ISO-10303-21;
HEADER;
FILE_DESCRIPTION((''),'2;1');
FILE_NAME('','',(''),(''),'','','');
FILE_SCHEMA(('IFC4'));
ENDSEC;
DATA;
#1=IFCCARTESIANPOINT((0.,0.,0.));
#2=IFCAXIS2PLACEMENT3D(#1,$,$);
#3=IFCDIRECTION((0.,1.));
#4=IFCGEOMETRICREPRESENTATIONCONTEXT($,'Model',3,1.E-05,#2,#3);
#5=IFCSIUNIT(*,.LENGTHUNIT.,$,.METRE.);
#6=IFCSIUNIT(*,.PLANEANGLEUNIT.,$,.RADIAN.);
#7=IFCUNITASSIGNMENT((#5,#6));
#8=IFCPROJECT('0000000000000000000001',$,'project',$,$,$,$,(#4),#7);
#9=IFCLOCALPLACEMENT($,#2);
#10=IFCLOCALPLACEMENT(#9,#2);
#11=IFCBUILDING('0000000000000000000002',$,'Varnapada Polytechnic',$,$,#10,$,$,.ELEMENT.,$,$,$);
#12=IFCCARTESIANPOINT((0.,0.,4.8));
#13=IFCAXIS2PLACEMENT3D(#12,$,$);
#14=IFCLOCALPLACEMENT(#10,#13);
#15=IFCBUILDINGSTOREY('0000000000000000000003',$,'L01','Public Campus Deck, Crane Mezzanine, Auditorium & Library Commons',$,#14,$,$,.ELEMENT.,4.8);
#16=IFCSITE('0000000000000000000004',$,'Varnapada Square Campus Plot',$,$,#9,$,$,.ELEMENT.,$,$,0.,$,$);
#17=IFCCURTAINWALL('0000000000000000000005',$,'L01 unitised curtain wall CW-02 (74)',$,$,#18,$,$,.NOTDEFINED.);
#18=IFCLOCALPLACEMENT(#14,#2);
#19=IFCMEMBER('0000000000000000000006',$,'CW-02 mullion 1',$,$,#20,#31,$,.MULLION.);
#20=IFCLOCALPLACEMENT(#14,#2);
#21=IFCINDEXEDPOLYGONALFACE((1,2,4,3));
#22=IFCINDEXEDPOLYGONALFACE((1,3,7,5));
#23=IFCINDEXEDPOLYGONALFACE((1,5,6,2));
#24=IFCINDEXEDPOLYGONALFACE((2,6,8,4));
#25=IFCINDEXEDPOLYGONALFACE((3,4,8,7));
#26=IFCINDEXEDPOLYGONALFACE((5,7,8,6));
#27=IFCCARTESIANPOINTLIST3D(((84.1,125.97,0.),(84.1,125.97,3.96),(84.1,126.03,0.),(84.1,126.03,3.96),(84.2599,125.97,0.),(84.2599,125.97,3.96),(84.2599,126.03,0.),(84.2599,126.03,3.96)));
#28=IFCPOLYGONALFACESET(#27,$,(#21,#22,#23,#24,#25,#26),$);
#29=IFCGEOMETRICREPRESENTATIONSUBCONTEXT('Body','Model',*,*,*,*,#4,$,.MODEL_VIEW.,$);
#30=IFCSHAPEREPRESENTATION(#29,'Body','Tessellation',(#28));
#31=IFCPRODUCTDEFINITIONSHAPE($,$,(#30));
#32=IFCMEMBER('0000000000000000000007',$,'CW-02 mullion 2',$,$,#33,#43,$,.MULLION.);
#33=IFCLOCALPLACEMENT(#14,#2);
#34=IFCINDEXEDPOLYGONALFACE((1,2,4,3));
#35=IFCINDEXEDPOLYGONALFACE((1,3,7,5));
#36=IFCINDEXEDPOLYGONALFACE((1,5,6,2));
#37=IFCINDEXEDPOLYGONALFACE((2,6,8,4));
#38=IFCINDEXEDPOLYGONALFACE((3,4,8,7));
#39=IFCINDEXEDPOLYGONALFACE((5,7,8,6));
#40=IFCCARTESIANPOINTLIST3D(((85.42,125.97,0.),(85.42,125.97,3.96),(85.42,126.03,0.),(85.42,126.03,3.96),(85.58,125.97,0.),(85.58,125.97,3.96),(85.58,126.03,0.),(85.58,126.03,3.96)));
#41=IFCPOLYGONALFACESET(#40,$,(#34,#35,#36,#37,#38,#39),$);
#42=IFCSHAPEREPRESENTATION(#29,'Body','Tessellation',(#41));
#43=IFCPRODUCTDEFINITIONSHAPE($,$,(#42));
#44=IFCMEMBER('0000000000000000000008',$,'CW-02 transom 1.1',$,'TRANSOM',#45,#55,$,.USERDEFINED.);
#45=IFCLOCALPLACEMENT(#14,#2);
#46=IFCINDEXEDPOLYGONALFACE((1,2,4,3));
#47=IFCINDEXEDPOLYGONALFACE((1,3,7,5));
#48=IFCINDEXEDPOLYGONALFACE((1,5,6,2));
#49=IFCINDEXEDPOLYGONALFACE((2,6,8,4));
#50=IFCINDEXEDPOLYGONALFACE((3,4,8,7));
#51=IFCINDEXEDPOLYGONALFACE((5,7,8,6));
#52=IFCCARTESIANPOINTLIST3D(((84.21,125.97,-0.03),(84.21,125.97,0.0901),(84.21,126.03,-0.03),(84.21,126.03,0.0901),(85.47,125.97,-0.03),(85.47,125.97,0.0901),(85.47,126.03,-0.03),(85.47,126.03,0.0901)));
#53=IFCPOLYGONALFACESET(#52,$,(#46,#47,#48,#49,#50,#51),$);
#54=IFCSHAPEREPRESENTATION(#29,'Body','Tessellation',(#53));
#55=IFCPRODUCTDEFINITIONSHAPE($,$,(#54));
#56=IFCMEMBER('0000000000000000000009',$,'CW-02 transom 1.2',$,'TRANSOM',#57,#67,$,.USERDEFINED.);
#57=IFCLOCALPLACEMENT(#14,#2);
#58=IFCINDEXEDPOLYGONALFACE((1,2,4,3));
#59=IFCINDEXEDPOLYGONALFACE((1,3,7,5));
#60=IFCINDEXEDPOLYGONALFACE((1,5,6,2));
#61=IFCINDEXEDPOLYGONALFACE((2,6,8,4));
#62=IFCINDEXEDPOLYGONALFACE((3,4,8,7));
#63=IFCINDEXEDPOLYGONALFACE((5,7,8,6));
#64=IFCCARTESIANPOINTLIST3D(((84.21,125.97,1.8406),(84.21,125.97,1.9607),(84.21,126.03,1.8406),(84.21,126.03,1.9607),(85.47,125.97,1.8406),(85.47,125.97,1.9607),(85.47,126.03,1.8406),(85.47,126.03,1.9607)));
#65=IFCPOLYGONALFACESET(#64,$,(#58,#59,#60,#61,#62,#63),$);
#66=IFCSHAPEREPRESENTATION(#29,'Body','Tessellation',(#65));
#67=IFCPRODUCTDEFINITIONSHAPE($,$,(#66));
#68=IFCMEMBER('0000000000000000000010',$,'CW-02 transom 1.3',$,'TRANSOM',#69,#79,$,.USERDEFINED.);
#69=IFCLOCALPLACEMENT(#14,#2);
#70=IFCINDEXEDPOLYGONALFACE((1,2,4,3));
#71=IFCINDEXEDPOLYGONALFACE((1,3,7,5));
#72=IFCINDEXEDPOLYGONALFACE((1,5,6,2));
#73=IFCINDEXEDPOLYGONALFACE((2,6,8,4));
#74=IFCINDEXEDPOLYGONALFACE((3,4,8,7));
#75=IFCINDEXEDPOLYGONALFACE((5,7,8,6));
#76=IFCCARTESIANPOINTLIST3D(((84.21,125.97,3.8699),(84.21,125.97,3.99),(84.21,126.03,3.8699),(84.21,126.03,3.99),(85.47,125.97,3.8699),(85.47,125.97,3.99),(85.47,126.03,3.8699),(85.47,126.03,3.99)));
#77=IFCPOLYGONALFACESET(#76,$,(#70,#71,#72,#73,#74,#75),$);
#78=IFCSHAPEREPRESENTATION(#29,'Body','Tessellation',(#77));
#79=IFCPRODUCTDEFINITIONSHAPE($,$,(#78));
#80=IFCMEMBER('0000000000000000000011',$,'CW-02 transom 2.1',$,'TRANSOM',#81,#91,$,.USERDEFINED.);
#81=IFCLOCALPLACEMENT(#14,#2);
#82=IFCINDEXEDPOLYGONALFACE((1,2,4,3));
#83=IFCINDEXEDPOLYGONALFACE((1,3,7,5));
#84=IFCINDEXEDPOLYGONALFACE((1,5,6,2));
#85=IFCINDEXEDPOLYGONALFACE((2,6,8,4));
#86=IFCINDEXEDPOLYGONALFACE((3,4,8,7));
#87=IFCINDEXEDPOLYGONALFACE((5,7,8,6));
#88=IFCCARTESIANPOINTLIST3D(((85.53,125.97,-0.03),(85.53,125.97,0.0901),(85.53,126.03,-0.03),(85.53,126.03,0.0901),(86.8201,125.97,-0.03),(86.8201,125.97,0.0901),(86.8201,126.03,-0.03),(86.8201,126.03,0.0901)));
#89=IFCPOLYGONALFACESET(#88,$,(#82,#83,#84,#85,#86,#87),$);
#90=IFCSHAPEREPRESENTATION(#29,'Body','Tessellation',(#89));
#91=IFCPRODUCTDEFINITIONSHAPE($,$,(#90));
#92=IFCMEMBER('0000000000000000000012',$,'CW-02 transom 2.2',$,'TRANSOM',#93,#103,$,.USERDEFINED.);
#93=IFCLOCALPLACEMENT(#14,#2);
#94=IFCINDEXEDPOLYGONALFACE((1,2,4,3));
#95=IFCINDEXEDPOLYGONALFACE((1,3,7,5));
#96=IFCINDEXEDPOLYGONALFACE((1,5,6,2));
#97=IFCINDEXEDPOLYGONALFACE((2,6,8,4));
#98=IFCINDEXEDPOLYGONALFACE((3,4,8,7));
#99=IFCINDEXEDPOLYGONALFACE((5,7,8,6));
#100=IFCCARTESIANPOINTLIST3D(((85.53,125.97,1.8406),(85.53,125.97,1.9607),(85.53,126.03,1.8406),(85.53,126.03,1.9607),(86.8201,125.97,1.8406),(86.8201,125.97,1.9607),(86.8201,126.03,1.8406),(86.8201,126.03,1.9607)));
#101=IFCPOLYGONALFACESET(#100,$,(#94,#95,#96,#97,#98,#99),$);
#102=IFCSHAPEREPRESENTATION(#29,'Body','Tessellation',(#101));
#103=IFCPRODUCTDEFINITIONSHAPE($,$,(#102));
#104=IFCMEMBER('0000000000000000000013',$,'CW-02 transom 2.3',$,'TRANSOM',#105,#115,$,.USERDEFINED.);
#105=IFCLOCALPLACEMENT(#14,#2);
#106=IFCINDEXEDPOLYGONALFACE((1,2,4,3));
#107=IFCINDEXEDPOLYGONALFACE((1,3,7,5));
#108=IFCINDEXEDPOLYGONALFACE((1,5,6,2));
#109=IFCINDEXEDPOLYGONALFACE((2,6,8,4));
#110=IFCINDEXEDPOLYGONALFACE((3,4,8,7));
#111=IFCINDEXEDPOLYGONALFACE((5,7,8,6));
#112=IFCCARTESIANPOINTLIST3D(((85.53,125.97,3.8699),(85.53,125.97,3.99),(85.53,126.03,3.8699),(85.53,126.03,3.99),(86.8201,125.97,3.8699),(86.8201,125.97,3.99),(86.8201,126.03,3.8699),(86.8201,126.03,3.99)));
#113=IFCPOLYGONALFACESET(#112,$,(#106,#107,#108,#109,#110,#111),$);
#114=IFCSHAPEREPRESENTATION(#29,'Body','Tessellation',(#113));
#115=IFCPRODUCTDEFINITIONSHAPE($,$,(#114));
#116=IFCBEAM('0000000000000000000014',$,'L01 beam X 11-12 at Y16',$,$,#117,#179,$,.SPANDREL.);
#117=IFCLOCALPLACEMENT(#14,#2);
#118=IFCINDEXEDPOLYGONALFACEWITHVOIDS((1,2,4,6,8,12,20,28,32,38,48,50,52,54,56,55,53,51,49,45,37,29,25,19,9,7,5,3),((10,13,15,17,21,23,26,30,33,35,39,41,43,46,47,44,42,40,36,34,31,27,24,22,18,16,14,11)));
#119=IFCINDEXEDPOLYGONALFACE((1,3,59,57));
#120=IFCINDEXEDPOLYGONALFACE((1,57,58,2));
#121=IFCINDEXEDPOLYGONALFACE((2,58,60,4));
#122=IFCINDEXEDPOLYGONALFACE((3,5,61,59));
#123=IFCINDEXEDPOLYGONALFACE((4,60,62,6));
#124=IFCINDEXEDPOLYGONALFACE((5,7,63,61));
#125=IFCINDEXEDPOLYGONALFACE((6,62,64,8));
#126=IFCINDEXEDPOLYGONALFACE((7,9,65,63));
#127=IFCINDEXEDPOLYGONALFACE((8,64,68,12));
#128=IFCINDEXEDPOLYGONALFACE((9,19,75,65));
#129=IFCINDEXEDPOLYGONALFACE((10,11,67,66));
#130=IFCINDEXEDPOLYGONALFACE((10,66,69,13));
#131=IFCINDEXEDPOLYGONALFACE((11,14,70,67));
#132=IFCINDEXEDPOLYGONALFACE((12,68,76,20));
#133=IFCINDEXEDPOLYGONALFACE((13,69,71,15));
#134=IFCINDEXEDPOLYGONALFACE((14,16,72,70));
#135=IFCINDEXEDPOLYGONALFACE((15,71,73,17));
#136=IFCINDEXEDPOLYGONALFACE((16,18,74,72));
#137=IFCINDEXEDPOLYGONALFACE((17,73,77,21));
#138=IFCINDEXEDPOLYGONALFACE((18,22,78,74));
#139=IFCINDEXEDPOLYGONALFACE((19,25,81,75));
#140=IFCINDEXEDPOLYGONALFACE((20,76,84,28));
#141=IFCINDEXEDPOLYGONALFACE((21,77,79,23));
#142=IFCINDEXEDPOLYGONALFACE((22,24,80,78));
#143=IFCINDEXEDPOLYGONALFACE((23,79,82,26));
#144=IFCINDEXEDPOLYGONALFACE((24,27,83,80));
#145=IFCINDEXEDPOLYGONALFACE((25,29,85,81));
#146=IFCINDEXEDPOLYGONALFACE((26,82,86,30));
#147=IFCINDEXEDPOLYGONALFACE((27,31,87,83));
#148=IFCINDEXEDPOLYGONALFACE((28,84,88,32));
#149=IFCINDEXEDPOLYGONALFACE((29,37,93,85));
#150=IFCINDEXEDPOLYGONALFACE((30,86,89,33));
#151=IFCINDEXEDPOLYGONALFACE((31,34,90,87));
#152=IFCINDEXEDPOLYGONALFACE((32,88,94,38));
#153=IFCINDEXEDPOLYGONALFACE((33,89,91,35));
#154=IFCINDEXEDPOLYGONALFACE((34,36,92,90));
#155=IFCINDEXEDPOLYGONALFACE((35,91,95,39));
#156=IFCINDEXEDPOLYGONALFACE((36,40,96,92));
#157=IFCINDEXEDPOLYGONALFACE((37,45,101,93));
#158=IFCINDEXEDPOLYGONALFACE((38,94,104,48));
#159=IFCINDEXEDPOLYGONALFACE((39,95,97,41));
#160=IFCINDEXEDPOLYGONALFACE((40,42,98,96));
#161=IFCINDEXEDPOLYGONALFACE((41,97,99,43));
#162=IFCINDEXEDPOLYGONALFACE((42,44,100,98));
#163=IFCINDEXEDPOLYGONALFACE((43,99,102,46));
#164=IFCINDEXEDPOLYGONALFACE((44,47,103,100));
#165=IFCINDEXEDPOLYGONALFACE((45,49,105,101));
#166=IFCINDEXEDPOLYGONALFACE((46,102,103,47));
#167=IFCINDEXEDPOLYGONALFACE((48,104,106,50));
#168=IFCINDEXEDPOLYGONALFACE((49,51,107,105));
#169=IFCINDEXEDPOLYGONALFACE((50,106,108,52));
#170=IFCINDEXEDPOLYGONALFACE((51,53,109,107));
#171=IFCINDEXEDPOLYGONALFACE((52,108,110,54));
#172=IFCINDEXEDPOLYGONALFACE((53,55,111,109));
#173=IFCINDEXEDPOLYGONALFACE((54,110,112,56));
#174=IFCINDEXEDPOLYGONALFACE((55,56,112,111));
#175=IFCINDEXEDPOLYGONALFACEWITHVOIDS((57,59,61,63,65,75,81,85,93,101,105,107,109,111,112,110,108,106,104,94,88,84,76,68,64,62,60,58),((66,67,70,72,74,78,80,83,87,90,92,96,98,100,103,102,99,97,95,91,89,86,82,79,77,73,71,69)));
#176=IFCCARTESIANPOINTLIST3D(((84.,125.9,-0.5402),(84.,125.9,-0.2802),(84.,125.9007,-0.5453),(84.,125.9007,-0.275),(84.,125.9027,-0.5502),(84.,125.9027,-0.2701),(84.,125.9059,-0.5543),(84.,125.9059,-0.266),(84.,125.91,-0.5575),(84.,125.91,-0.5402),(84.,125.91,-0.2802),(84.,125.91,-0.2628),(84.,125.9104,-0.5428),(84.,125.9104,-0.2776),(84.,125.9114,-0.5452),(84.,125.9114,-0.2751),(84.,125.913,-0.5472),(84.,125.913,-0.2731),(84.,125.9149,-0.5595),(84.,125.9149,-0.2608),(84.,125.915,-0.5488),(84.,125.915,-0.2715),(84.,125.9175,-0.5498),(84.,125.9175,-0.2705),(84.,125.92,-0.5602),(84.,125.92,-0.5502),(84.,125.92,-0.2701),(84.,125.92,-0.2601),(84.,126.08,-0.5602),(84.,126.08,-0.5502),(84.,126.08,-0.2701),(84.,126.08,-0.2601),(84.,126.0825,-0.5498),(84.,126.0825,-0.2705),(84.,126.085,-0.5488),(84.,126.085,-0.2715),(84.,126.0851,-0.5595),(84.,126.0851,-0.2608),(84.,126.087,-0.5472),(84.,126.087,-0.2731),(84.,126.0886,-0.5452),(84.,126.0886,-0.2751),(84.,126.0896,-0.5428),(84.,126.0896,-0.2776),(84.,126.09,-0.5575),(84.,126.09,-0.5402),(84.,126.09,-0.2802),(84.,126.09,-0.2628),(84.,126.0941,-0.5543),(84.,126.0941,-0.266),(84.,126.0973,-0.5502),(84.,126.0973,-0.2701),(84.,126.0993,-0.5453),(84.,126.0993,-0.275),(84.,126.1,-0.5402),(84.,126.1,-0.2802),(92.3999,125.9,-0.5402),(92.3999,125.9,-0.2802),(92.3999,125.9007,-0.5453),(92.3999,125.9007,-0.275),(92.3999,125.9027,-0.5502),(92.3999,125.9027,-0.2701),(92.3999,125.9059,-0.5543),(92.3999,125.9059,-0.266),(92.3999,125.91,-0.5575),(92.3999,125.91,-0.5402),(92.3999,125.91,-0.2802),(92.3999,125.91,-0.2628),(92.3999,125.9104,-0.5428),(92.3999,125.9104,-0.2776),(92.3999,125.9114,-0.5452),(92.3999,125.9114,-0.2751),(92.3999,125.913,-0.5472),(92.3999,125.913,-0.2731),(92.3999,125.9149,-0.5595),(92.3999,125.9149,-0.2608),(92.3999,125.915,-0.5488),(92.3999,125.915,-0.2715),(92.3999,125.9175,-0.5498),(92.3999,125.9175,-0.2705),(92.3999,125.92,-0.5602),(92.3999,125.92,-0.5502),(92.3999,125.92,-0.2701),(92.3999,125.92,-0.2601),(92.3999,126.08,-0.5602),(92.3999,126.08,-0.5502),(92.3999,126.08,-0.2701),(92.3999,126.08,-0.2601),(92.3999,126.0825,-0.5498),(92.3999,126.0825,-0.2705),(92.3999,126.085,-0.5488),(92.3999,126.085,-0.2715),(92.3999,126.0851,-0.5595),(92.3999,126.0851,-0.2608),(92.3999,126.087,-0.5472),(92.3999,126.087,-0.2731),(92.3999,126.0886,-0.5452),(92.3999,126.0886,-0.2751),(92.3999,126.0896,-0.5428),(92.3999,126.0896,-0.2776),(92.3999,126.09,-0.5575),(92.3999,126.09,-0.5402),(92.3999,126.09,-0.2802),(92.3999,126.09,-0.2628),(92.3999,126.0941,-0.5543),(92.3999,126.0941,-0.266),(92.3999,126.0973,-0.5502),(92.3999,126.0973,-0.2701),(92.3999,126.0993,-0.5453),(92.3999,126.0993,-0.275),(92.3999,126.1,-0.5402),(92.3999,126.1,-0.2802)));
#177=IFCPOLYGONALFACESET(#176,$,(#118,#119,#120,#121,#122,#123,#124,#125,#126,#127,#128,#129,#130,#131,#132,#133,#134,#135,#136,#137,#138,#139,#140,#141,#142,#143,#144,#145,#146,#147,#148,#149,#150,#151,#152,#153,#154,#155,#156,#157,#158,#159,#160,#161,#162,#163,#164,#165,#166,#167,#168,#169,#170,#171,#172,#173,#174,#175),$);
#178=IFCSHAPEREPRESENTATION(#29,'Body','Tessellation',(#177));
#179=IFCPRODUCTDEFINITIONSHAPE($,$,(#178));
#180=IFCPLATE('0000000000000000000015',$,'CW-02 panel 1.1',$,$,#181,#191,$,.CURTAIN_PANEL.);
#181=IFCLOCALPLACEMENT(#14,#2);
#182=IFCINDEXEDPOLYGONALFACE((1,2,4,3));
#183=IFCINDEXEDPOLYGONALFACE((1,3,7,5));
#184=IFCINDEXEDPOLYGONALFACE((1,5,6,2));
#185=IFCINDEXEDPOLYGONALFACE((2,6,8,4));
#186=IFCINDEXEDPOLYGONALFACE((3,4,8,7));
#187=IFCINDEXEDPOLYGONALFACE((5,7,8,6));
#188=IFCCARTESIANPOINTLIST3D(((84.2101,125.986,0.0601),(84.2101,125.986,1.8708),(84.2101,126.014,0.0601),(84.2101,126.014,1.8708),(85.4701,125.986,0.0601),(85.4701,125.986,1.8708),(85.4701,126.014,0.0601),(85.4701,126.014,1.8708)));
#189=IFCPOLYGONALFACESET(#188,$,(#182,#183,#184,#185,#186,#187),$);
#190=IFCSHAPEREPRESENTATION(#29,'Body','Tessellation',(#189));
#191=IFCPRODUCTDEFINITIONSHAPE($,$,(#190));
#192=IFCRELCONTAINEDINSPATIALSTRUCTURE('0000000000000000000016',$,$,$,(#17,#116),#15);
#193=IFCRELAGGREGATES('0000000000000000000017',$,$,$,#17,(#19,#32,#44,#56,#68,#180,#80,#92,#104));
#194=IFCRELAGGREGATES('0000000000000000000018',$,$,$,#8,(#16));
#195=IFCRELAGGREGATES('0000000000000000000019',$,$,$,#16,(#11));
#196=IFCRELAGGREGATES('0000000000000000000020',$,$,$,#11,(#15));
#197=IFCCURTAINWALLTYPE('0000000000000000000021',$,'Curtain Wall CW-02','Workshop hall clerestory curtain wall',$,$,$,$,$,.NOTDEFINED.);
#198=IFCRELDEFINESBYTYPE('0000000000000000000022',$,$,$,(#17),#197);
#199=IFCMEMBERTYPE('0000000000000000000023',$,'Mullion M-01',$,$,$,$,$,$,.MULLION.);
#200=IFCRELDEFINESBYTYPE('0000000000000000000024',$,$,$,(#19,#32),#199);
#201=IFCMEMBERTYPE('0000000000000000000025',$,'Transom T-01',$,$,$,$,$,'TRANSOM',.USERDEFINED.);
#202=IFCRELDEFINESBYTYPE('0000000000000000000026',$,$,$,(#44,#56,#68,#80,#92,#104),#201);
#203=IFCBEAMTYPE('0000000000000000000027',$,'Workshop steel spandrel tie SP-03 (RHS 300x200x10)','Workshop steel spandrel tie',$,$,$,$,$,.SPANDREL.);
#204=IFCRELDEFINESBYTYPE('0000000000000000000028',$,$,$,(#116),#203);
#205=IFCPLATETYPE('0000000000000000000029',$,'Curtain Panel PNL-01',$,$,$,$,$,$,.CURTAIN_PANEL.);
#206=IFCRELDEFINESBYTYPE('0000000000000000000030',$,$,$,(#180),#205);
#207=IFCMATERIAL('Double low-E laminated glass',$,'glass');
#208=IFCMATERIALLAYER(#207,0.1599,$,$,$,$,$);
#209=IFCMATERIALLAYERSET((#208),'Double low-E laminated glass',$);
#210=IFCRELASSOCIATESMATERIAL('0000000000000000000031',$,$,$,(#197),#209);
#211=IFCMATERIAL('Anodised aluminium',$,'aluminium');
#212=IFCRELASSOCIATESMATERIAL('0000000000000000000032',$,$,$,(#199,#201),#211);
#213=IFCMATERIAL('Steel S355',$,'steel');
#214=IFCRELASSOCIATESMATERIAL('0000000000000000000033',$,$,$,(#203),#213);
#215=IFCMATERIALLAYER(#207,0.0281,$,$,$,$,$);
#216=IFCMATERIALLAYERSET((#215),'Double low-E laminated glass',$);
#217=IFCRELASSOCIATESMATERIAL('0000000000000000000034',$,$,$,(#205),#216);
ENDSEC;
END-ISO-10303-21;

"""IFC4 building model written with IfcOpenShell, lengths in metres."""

from ifc_helpers import new_model, si_unit, direction, frame, origin, origin_2d, place, context, subcontext, project, spatial, rectangle, hollow_rectangle, extrude, material, layer, layer_set, material_profile, profile_set, type_object, element, aggregate, save


model = new_model("IFC4")

# Units and contexts
model_context = context("Model", 3, precision=1e-05, world=origin(), true_north=direction((0.0, 1.0)))
body_context = subcontext(model_context, "Body", "Model", "MODEL_VIEW")
ifc_project = project(units=[si_unit("LENGTHUNIT", "METRE"), si_unit("PLANEANGLEUNIT", "RADIAN")], contexts=[model_context])

# Site, building, storey
site_placement = place(None, origin())
site = spatial("IfcSite", under=ifc_project, at=site_placement, Name="Varnapada Square Campus Plot", CompositionType="ELEMENT", RefElevation=0.0)
building_placement = place(site_placement, origin())
building = spatial("IfcBuilding", under=site, at=building_placement, Name="Varnapada Polytechnic", CompositionType="ELEMENT")
storey_placement = place(building_placement, frame((0.0, 0.0, 4.8)))
storey = spatial("IfcBuildingStorey", under=building, at=storey_placement, Name="L01", Description="Public Campus Deck, Crane Mezzanine, Auditorium & Library Commons", CompositionType="ELEMENT", Elevation=4.8)

# Curtain wall, members
ifc_material_1 = material(Name="Double low-E laminated glass", Category="glass")
ifc_layer_1 = layer(ifc_material_1, 0.1599)
ifc_layer_set_1 = layer_set([ifc_layer_1], Name="Double low-E laminated glass")
curtain_wall_type = type_object("IfcCurtainWallType", Name="Curtain Wall CW-02", Description="Workshop hall clerestory curtain wall", PredefinedType="NOTDEFINED", material=ifc_layer_set_1)
curtain_wall_placement = place(storey_placement, origin())
curtain_wall = element("IfcCurtainWall", 1, at=curtain_wall_placement, inside=storey, type_object=curtain_wall_type, Name="L01 unitised curtain wall CW-02 (74)", PredefinedType="NOTDEFINED")
ifc_material_2 = material(Name="Anodised aluminium", Category="aluminium")
ifc_material_profile_1 = material_profile(ifc_material_2, rectangle(XDim=0.0601, YDim=0.1599, at=origin_2d()), Name="ALU M60x160")
ifc_profile_set_1 = profile_set([ifc_material_profile_1], Name="Anodised aluminium")
member_type_1 = type_object("IfcMemberType", Name="Mullion M-01", PredefinedType="MULLION", material=ifc_profile_set_1)
member_1_placement = place(storey_placement, frame((84.1799, 126.0, 0.0), z_axis=(0.0, 0.0, 1.0), x_axis=(0.0, 1.0, 0.0)))
member_1 = element("IfcMember", 2, at=member_1_placement, type_object=member_type_1, Name="CW-02 mullion 1", PredefinedType="MULLION", context=body_context, shape_type="SweptSolid", body=[
    extrude(rectangle(XDim=0.0601, YDim=0.1599, at=origin_2d()), origin(), (0.0, 0.0, 1.0), 3.96),
])
member_2_placement = place(storey_placement, frame((85.5, 126.0, 0.0), z_axis=(0.0, 0.0, 1.0), x_axis=(0.0, 1.0, 0.0)))
member_2 = element("IfcMember", 3, at=member_2_placement, type_object=member_type_1, Name="CW-02 mullion 2", PredefinedType="MULLION", context=body_context, shape_type="SweptSolid", body=[
    extrude(rectangle(XDim=0.0601, YDim=0.1599, at=origin_2d()), origin(), (0.0, 0.0, 1.0), 3.96),
])
ifc_material_profile_2 = material_profile(ifc_material_2, rectangle(XDim=0.0601, YDim=0.1201, at=origin_2d()), Name="ALU T60x120")
ifc_profile_set_2 = profile_set([ifc_material_profile_2], Name="Anodised aluminium")
member_type_2 = type_object("IfcMemberType", Name="Transom T-01", ElementType="TRANSOM", PredefinedType="USERDEFINED", material=ifc_profile_set_2)
member_3_placement = place(storey_placement, frame((84.21, 126.0, 0.03), z_axis=(1.0, 0.0, 0.0), x_axis=(0.0, 1.0, 0.0)))
member_3 = element("IfcMember", 4, at=member_3_placement, type_object=member_type_2, Name="CW-02 transom 1.1", ObjectType="TRANSOM", PredefinedType="USERDEFINED", context=body_context, shape_type="SweptSolid", body=[
    extrude(rectangle(XDim=0.0601, YDim=0.1201, at=origin_2d()), origin(), (0.0, 0.0, 1.0), 1.26),
])
member_4_placement = place(storey_placement, frame((84.21, 126.0, 1.9006), z_axis=(1.0, 0.0, 0.0), x_axis=(0.0, 1.0, 0.0)))
member_4 = element("IfcMember", 5, at=member_4_placement, type_object=member_type_2, Name="CW-02 transom 1.2", ObjectType="TRANSOM", PredefinedType="USERDEFINED", context=body_context, shape_type="SweptSolid", body=[
    extrude(rectangle(XDim=0.0601, YDim=0.1201, at=origin_2d()), origin(), (0.0, 0.0, 1.0), 1.26),
])
member_5_placement = place(storey_placement, frame((84.21, 126.0, 3.9299), z_axis=(1.0, 0.0, 0.0), x_axis=(0.0, 1.0, 0.0)))
member_5 = element("IfcMember", 6, at=member_5_placement, type_object=member_type_2, Name="CW-02 transom 1.3", ObjectType="TRANSOM", PredefinedType="USERDEFINED", context=body_context, shape_type="SweptSolid", body=[
    extrude(rectangle(XDim=0.0601, YDim=0.1201, at=origin_2d()), origin(), (0.0, 0.0, 1.0), 1.26),
])
member_6_placement = place(storey_placement, frame((85.53, 126.0, 0.03), z_axis=(1.0, 0.0, 0.0), x_axis=(0.0, 1.0, 0.0)))
member_6 = element("IfcMember", 7, at=member_6_placement, type_object=member_type_2, Name="CW-02 transom 2.1", ObjectType="TRANSOM", PredefinedType="USERDEFINED", context=body_context, shape_type="SweptSolid", body=[
    extrude(rectangle(XDim=0.0601, YDim=0.1201, at=origin_2d()), origin(), (0.0, 0.0, 1.0), 1.29),
])
member_7_placement = place(storey_placement, frame((85.53, 126.0, 1.9006), z_axis=(1.0, 0.0, 0.0), x_axis=(0.0, 1.0, 0.0)))
member_7 = element("IfcMember", 8, at=member_7_placement, type_object=member_type_2, Name="CW-02 transom 2.2", ObjectType="TRANSOM", PredefinedType="USERDEFINED", context=body_context, shape_type="SweptSolid", body=[
    extrude(rectangle(XDim=0.0601, YDim=0.1201, at=origin_2d()), origin(), (0.0, 0.0, 1.0), 1.29),
])
member_8_placement = place(storey_placement, frame((85.53, 126.0, 3.9299), z_axis=(1.0, 0.0, 0.0), x_axis=(0.0, 1.0, 0.0)))
member_8 = element("IfcMember", 9, at=member_8_placement, type_object=member_type_2, Name="CW-02 transom 2.3", ObjectType="TRANSOM", PredefinedType="USERDEFINED", context=body_context, shape_type="SweptSolid", body=[
    extrude(rectangle(XDim=0.0601, YDim=0.1201, at=origin_2d()), origin(), (0.0, 0.0, 1.0), 1.29),
])

# Beam
ifc_material_3 = material(Name="Steel S355", Category="steel")
ifc_material_profile_3 = material_profile(ifc_material_3, hollow_rectangle(XDim=0.2, YDim=0.3, WallThickness=0.01, InnerFilletRadius=0.01, OuterFilletRadius=0.02, at=origin_2d()), Name="RHS 300x200x10")
ifc_profile_set_3 = profile_set([ifc_material_profile_3], Name="Steel S355")
beam_type = type_object("IfcBeamType", Name="Workshop steel spandrel tie SP-03 (RHS 300x200x10)", Description="Workshop steel spandrel tie", PredefinedType="SPANDREL", material=ifc_profile_set_3)
beam_placement = place(storey_placement, frame((84.0, 126.0, -0.4102), z_axis=(1.0, 0.0, 0.0), x_axis=(0.0, 1.0, 0.0)))
element("IfcBeam", 10, at=beam_placement, inside=storey, type_object=beam_type, Name="L01 beam X 11-12 at Y16", PredefinedType="SPANDREL", context=body_context, shape_type="SweptSolid", body=[
    extrude(hollow_rectangle(XDim=0.2, YDim=0.3, WallThickness=0.01, InnerFilletRadius=0.01, OuterFilletRadius=0.02, at=origin_2d()), origin(), (0.0, 0.0, 1.0), 8.3999),
])

# Plate
ifc_layer_2 = layer(ifc_material_1, 0.0281)
ifc_layer_set_2 = layer_set([ifc_layer_2], Name="Double low-E laminated glass")
plate_type = type_object("IfcPlateType", Name="Curtain Panel PNL-01", PredefinedType="CURTAIN_PANEL", material=ifc_layer_set_2)
plate_1_placement = place(storey_placement, frame((84.8401, 126.0, 0.0601), z_axis=(0.0, 0.0, 1.0), x_axis=(1.0, 0.0, 0.0)))
plate_1 = element("IfcPlate", 11, at=plate_1_placement, type_object=plate_type, Name="CW-02 panel 1.1", PredefinedType="CURTAIN_PANEL", context=body_context, shape_type="SweptSolid", body=[
    extrude(rectangle(XDim=1.26, YDim=0.0281, at=origin_2d()), origin(), (0.0, 0.0, 1.0), 1.8108),
])
aggregate(curtain_wall, [member_1, member_2, member_3, member_4, member_5, plate_1, member_6, member_7, member_8])

save(model, "model.ifc")
